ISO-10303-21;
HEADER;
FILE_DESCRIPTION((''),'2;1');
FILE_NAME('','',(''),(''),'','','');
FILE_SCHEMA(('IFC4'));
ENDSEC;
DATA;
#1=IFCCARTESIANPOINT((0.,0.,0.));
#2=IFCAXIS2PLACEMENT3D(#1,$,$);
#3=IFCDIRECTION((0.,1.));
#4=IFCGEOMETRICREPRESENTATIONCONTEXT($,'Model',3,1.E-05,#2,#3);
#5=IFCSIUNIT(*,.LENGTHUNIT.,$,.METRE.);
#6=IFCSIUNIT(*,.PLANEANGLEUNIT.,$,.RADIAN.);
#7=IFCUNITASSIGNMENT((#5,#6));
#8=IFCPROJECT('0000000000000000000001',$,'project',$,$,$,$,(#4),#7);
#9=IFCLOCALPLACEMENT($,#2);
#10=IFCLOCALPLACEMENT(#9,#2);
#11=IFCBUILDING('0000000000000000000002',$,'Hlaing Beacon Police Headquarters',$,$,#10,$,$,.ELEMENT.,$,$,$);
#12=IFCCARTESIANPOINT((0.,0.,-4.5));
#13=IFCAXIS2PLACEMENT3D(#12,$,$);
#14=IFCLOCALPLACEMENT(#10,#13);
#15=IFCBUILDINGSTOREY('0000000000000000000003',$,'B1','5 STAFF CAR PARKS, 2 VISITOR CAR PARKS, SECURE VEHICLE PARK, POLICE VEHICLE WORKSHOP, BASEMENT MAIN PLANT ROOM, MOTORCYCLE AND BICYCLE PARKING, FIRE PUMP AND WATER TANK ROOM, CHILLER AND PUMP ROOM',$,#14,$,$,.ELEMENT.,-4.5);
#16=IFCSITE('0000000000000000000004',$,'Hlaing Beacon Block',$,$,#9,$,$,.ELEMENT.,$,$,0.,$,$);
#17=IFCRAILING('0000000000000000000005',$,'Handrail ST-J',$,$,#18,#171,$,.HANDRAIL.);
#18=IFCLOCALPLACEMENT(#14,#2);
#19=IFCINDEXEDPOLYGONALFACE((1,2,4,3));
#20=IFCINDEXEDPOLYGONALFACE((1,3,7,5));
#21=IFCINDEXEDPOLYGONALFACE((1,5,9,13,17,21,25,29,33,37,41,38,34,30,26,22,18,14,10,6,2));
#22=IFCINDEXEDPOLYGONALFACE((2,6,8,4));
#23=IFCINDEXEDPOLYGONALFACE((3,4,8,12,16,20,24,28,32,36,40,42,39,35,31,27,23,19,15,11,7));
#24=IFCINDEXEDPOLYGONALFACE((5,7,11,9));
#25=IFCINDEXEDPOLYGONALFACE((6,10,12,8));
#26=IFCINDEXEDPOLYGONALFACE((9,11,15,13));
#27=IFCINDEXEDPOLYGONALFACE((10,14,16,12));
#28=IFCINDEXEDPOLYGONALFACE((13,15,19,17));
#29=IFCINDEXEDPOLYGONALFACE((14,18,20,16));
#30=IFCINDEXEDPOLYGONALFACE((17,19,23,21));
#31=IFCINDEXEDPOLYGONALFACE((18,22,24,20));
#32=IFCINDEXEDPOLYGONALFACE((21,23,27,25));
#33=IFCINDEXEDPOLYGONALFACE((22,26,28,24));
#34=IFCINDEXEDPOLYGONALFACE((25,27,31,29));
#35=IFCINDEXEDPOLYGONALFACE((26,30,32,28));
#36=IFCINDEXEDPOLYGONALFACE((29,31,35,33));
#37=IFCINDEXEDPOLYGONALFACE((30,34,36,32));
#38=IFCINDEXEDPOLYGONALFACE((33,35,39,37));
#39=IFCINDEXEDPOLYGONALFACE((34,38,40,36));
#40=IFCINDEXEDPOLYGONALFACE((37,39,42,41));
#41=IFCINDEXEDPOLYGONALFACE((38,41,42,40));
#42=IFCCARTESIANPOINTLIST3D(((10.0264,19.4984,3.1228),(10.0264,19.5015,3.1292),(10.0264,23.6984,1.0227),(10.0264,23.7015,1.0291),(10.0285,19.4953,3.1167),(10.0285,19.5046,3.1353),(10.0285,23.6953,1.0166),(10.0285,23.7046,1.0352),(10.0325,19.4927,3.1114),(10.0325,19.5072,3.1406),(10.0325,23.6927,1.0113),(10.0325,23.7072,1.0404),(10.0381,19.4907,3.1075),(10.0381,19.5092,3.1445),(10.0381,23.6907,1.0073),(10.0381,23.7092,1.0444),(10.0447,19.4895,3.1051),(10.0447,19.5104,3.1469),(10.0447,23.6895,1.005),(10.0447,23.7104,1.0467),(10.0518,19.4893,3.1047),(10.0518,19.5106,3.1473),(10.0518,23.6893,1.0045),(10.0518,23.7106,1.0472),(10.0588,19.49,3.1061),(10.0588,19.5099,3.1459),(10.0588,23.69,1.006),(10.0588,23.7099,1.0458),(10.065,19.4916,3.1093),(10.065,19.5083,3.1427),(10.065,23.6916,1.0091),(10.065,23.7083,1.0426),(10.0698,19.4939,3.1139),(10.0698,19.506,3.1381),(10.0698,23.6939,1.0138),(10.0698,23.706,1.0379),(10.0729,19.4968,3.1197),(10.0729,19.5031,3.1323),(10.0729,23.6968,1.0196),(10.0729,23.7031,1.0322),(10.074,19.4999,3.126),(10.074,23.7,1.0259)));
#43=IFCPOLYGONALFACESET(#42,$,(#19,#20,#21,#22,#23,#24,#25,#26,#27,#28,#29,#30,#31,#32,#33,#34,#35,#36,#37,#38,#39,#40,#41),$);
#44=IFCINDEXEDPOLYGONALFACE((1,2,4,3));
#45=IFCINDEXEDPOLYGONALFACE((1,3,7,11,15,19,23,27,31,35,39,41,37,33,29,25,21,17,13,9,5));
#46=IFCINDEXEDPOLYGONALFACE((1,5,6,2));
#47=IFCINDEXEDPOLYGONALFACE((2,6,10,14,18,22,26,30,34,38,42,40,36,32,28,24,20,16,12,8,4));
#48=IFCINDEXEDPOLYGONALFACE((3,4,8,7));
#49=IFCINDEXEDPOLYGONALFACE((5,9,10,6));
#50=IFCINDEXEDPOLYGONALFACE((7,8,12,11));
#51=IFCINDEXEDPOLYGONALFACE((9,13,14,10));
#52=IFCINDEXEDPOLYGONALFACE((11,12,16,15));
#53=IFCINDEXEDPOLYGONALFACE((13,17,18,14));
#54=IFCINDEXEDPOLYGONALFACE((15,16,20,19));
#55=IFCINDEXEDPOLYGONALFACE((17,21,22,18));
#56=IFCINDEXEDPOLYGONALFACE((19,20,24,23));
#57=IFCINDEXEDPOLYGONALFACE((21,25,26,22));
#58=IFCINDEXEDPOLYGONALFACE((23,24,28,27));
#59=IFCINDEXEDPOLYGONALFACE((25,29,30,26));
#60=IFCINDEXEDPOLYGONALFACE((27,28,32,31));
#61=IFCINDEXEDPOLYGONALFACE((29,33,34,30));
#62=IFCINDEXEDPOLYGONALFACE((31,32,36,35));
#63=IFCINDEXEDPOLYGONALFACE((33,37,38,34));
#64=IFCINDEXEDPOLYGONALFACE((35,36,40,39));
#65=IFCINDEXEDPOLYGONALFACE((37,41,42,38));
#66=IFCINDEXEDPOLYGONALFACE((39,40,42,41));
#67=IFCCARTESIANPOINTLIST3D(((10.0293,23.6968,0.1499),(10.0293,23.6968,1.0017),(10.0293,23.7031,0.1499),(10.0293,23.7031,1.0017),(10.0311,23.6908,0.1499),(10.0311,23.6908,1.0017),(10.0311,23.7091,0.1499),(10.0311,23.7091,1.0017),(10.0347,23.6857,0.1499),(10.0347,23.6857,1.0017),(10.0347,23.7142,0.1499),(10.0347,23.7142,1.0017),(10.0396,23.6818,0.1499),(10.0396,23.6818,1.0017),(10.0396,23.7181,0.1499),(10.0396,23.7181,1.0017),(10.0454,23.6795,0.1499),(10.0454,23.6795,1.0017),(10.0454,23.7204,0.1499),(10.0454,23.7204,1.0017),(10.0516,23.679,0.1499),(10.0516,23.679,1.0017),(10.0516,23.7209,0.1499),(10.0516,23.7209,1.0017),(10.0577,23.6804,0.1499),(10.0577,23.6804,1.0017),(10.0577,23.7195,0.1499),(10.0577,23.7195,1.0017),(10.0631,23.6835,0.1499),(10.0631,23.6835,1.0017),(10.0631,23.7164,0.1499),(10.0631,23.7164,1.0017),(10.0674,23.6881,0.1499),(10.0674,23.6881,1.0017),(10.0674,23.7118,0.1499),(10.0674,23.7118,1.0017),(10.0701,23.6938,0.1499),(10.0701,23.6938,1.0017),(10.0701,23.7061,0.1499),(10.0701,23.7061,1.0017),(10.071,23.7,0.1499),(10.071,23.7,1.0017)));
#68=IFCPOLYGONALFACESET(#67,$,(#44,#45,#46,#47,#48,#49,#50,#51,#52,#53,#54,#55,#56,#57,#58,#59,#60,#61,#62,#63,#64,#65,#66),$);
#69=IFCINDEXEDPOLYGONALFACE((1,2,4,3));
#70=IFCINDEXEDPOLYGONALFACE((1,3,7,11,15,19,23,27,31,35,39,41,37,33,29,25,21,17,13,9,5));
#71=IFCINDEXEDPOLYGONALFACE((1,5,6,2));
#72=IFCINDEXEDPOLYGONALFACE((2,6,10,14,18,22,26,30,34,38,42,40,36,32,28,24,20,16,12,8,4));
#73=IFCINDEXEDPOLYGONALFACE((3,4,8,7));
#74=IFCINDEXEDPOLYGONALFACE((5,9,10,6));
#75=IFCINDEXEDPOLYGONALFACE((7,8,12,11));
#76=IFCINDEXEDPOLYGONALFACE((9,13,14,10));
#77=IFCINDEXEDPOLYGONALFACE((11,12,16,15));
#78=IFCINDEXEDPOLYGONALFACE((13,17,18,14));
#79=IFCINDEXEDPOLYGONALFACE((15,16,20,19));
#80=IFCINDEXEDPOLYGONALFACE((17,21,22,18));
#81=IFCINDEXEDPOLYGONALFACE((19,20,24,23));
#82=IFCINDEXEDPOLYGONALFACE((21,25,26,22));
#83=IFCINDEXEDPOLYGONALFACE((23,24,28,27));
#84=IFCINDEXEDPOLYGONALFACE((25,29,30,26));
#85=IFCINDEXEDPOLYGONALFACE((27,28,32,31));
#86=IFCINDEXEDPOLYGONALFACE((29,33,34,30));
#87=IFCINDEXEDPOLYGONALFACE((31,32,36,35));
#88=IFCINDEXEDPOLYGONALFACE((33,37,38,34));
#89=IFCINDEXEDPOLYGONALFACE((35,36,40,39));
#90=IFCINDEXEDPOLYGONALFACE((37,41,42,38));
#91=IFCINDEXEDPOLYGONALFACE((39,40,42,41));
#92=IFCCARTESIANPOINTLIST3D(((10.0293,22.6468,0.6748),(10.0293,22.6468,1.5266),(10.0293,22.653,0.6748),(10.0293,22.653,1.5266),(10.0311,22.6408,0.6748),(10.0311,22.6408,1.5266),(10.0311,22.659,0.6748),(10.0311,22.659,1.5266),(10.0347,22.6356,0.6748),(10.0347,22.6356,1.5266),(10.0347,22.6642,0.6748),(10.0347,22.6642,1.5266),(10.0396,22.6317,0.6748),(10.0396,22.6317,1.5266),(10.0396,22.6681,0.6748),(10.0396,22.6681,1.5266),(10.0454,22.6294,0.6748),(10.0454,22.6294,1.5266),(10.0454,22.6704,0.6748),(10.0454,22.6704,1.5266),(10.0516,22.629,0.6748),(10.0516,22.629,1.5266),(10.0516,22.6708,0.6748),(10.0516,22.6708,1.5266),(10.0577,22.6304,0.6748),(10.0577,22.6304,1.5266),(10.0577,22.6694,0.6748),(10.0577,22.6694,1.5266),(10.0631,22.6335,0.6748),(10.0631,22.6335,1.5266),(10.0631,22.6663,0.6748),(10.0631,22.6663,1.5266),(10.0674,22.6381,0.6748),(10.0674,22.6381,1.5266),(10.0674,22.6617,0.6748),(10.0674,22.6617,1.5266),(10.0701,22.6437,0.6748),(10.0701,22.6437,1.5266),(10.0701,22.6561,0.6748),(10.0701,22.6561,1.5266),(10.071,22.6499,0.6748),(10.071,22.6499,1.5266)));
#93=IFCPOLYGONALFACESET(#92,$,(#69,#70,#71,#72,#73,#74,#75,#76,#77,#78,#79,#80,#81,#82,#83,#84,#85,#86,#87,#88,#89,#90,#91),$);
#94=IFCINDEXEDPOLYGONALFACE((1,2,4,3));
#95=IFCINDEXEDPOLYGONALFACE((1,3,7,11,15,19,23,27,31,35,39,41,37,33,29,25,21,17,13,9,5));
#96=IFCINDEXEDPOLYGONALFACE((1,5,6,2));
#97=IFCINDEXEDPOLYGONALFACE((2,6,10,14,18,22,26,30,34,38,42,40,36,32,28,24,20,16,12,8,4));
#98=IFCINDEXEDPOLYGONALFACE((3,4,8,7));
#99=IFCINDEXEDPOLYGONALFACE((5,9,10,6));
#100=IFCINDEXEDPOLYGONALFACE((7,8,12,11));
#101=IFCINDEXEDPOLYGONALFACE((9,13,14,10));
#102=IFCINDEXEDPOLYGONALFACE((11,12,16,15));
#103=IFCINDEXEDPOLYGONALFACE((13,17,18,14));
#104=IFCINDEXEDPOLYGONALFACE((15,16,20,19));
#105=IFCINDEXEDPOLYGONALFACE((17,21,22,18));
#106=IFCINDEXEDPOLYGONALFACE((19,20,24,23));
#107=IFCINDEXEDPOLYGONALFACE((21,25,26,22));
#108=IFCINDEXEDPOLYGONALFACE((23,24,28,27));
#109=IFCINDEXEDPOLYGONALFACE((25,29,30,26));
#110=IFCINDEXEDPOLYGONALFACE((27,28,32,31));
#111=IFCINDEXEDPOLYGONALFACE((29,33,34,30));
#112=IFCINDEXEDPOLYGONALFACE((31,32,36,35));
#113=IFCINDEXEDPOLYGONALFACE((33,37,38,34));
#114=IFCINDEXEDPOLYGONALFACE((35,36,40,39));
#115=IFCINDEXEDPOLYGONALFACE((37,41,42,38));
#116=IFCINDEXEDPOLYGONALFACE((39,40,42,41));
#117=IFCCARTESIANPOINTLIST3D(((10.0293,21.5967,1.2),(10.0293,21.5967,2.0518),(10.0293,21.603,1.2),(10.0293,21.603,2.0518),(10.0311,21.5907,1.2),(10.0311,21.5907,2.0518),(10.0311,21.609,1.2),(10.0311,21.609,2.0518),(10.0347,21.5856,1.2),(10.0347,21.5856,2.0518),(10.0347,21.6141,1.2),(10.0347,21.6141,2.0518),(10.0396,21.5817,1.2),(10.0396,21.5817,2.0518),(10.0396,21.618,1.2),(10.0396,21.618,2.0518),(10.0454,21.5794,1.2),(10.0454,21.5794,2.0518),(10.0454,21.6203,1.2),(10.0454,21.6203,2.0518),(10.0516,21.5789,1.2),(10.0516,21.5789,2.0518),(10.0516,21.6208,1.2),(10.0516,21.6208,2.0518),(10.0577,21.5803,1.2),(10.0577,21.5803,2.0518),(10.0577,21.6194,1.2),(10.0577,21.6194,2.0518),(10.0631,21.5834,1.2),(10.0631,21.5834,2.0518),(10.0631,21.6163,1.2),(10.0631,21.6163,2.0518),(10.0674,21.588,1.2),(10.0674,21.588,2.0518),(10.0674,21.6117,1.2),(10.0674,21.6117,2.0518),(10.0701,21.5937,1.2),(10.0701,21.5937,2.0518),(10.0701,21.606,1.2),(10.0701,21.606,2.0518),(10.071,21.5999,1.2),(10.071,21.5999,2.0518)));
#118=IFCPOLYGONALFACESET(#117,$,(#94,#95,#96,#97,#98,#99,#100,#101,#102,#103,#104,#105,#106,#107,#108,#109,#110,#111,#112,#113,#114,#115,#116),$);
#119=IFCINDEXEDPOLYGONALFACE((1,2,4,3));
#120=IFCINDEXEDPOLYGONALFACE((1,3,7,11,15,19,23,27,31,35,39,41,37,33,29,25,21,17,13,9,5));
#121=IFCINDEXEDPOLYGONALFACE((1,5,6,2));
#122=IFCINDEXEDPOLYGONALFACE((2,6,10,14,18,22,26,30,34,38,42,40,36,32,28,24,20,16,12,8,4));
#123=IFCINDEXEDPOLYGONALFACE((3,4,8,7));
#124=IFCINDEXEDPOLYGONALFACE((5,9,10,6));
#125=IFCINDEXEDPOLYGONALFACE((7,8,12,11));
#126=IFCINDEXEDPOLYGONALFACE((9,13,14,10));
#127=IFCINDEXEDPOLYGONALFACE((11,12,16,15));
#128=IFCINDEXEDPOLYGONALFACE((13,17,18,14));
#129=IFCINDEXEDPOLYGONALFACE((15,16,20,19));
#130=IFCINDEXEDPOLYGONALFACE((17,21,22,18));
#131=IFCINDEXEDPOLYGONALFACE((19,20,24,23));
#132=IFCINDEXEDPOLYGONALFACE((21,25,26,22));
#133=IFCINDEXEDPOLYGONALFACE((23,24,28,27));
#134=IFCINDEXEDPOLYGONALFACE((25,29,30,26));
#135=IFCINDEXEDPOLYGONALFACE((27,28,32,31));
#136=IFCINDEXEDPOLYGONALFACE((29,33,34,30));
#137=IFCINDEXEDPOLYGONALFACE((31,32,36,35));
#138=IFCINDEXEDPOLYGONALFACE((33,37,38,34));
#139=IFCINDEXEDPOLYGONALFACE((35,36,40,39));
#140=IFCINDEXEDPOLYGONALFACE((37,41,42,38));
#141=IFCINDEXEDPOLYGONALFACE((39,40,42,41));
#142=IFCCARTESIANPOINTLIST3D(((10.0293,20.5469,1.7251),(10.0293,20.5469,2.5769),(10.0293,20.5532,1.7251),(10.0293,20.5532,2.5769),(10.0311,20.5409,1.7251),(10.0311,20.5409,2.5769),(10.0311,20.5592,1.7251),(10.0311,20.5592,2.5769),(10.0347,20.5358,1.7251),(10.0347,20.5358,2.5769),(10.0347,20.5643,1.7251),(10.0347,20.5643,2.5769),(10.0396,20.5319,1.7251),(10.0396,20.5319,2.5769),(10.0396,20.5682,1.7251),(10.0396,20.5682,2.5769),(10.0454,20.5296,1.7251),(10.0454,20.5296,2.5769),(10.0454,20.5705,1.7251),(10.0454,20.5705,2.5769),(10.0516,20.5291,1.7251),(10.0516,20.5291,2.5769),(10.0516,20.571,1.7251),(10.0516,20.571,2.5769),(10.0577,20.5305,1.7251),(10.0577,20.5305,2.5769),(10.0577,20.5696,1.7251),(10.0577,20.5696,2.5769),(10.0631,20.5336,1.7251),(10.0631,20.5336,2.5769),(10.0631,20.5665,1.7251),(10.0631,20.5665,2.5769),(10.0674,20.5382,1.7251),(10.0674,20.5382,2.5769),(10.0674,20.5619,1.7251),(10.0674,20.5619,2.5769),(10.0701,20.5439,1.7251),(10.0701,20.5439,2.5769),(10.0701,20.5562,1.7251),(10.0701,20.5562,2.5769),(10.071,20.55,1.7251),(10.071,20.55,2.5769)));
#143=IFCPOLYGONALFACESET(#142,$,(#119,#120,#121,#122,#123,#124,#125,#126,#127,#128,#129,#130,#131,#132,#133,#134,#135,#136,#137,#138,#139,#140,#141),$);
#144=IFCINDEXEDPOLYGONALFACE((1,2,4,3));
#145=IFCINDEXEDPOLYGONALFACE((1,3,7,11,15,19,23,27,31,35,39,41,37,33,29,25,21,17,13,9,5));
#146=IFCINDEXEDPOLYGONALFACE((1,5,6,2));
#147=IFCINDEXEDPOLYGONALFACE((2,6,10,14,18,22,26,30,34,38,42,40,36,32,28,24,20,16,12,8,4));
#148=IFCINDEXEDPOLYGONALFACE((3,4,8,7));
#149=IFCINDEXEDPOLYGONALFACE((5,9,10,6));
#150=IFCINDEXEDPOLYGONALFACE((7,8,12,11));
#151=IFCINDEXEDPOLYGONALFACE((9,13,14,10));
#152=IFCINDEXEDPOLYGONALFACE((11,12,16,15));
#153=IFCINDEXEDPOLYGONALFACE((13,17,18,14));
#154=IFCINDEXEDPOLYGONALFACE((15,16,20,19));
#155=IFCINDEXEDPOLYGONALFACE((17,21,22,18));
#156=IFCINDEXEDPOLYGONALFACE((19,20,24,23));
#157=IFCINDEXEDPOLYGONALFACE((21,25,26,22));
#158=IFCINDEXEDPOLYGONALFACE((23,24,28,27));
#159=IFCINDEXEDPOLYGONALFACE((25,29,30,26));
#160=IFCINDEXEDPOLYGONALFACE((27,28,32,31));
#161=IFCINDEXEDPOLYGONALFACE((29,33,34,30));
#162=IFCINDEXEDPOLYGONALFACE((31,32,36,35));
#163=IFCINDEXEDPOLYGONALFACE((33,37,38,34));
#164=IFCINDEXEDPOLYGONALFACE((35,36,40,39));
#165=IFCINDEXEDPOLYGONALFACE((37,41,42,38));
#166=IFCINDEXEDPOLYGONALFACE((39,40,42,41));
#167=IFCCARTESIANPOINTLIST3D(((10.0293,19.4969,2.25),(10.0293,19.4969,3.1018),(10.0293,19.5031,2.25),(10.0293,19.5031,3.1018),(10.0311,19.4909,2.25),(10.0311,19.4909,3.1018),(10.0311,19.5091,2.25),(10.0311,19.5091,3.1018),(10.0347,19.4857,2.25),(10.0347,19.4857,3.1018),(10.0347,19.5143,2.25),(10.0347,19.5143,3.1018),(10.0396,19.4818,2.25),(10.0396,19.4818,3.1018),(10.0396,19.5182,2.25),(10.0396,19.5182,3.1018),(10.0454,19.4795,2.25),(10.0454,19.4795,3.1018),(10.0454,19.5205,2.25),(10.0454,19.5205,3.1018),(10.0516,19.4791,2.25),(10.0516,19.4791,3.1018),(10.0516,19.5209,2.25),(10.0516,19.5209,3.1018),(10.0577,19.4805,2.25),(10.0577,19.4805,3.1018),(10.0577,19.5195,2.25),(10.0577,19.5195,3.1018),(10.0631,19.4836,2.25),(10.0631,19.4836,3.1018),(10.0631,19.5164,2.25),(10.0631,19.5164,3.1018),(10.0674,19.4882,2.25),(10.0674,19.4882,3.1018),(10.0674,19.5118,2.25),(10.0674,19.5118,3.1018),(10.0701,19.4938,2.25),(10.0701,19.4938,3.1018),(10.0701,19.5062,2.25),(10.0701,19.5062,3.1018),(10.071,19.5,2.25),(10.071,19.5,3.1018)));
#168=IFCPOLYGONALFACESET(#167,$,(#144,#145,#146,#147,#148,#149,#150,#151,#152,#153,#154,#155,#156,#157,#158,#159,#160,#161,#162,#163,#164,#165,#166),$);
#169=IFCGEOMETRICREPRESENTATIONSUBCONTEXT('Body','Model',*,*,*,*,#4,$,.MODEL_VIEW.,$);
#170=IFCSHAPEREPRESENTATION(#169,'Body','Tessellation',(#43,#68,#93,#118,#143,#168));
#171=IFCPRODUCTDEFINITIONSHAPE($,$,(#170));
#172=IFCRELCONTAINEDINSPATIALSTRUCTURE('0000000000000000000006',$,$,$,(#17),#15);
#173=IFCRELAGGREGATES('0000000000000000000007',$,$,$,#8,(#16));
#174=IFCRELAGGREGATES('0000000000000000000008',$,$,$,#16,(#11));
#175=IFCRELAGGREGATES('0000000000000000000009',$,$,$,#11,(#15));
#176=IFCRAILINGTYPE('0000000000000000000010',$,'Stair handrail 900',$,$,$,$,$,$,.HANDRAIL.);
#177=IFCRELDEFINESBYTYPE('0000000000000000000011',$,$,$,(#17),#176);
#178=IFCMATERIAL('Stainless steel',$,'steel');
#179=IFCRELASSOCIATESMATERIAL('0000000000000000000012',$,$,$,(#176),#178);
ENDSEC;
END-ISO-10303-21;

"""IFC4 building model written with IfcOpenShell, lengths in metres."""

from ifc_helpers import new_model, si_unit, direction, frame, origin, origin_2d, place, context, subcontext, project, spatial, circle, extrude, material, type_object, element, save


model = new_model("IFC4")

# Units and contexts
model_context = context("Model", 3, precision=1e-05, world=origin(), true_north=direction((0.0, 1.0)))
body_context = subcontext(model_context, "Body", "Model", "MODEL_VIEW")
ifc_project = project(units=[si_unit("LENGTHUNIT", "METRE"), si_unit("PLANEANGLEUNIT", "RADIAN")], contexts=[model_context])

# Site, building, storey
site_placement = place(None, origin())
site = spatial("IfcSite", under=ifc_project, at=site_placement, Name="Hlaing Beacon Block", CompositionType="ELEMENT", RefElevation=0.0)
building_placement = place(site_placement, origin())
building = spatial("IfcBuilding", under=site, at=building_placement, Name="Hlaing Beacon Police Headquarters", CompositionType="ELEMENT")
storey_placement = place(building_placement, frame((0.0, 0.0, -4.5)))
storey = spatial("IfcBuildingStorey", under=building, at=storey_placement, Name="B1", Description="5 STAFF CAR PARKS, 2 VISITOR CAR PARKS, SECURE VEHICLE PARK, POLICE VEHICLE WORKSHOP, BASEMENT MAIN PLANT ROOM, MOTORCYCLE AND BICYCLE PARKING, FIRE PUMP AND WATER TANK ROOM, CHILLER AND PUMP ROOM", CompositionType="ELEMENT", Elevation=-4.5)

# Railing
ifc_material_1 = material(Name="Stainless steel", Category="steel")
railing_type = type_object("IfcRailingType", Name="Stair handrail 900", PredefinedType="HANDRAIL", material=ifc_material_1)
for number, where, name in (
    (1, (10.05, 23.7, 0.1499), "Handrail ST-J"),
):
    element("IfcRailing", number, at=place(storey_placement, frame(where)), inside=storey, type_object=railing_type, Name=name, PredefinedType="HANDRAIL", context=body_context, shape_type="SweptSolid", body=[
        extrude(circle(Radius=0.0239, at=origin_2d()), frame((0.0, 0.0, 0.876), z_axis=(0.0, -0.894417, 0.447234), x_axis=(1.0, 0.0, 0.0)), (0.0, 0.0, 1.0), 4.6958),
        extrude(circle(Radius=0.021, at=origin_2d()), origin(), (0.0, 0.0, 1.0), 0.8518),
        extrude(circle(Radius=0.021, at=origin_2d()), frame((0.0, -1.05, 0.5249)), (0.0, 0.0, 1.0), 0.8518),
        extrude(circle(Radius=0.021, at=origin_2d()), frame((0.0, -2.1001, 1.05)), (0.0, 0.0, 1.0), 0.8518),
        extrude(circle(Radius=0.021, at=origin_2d()), frame((0.0, -3.1499, 1.5752)), (0.0, 0.0, 1.0), 0.8518),
        extrude(circle(Radius=0.021, at=origin_2d()), frame((0.0, -4.2, 2.1001)), (0.0, 0.0, 1.0), 0.8518),
    ])

save(model, "model.ifc")
